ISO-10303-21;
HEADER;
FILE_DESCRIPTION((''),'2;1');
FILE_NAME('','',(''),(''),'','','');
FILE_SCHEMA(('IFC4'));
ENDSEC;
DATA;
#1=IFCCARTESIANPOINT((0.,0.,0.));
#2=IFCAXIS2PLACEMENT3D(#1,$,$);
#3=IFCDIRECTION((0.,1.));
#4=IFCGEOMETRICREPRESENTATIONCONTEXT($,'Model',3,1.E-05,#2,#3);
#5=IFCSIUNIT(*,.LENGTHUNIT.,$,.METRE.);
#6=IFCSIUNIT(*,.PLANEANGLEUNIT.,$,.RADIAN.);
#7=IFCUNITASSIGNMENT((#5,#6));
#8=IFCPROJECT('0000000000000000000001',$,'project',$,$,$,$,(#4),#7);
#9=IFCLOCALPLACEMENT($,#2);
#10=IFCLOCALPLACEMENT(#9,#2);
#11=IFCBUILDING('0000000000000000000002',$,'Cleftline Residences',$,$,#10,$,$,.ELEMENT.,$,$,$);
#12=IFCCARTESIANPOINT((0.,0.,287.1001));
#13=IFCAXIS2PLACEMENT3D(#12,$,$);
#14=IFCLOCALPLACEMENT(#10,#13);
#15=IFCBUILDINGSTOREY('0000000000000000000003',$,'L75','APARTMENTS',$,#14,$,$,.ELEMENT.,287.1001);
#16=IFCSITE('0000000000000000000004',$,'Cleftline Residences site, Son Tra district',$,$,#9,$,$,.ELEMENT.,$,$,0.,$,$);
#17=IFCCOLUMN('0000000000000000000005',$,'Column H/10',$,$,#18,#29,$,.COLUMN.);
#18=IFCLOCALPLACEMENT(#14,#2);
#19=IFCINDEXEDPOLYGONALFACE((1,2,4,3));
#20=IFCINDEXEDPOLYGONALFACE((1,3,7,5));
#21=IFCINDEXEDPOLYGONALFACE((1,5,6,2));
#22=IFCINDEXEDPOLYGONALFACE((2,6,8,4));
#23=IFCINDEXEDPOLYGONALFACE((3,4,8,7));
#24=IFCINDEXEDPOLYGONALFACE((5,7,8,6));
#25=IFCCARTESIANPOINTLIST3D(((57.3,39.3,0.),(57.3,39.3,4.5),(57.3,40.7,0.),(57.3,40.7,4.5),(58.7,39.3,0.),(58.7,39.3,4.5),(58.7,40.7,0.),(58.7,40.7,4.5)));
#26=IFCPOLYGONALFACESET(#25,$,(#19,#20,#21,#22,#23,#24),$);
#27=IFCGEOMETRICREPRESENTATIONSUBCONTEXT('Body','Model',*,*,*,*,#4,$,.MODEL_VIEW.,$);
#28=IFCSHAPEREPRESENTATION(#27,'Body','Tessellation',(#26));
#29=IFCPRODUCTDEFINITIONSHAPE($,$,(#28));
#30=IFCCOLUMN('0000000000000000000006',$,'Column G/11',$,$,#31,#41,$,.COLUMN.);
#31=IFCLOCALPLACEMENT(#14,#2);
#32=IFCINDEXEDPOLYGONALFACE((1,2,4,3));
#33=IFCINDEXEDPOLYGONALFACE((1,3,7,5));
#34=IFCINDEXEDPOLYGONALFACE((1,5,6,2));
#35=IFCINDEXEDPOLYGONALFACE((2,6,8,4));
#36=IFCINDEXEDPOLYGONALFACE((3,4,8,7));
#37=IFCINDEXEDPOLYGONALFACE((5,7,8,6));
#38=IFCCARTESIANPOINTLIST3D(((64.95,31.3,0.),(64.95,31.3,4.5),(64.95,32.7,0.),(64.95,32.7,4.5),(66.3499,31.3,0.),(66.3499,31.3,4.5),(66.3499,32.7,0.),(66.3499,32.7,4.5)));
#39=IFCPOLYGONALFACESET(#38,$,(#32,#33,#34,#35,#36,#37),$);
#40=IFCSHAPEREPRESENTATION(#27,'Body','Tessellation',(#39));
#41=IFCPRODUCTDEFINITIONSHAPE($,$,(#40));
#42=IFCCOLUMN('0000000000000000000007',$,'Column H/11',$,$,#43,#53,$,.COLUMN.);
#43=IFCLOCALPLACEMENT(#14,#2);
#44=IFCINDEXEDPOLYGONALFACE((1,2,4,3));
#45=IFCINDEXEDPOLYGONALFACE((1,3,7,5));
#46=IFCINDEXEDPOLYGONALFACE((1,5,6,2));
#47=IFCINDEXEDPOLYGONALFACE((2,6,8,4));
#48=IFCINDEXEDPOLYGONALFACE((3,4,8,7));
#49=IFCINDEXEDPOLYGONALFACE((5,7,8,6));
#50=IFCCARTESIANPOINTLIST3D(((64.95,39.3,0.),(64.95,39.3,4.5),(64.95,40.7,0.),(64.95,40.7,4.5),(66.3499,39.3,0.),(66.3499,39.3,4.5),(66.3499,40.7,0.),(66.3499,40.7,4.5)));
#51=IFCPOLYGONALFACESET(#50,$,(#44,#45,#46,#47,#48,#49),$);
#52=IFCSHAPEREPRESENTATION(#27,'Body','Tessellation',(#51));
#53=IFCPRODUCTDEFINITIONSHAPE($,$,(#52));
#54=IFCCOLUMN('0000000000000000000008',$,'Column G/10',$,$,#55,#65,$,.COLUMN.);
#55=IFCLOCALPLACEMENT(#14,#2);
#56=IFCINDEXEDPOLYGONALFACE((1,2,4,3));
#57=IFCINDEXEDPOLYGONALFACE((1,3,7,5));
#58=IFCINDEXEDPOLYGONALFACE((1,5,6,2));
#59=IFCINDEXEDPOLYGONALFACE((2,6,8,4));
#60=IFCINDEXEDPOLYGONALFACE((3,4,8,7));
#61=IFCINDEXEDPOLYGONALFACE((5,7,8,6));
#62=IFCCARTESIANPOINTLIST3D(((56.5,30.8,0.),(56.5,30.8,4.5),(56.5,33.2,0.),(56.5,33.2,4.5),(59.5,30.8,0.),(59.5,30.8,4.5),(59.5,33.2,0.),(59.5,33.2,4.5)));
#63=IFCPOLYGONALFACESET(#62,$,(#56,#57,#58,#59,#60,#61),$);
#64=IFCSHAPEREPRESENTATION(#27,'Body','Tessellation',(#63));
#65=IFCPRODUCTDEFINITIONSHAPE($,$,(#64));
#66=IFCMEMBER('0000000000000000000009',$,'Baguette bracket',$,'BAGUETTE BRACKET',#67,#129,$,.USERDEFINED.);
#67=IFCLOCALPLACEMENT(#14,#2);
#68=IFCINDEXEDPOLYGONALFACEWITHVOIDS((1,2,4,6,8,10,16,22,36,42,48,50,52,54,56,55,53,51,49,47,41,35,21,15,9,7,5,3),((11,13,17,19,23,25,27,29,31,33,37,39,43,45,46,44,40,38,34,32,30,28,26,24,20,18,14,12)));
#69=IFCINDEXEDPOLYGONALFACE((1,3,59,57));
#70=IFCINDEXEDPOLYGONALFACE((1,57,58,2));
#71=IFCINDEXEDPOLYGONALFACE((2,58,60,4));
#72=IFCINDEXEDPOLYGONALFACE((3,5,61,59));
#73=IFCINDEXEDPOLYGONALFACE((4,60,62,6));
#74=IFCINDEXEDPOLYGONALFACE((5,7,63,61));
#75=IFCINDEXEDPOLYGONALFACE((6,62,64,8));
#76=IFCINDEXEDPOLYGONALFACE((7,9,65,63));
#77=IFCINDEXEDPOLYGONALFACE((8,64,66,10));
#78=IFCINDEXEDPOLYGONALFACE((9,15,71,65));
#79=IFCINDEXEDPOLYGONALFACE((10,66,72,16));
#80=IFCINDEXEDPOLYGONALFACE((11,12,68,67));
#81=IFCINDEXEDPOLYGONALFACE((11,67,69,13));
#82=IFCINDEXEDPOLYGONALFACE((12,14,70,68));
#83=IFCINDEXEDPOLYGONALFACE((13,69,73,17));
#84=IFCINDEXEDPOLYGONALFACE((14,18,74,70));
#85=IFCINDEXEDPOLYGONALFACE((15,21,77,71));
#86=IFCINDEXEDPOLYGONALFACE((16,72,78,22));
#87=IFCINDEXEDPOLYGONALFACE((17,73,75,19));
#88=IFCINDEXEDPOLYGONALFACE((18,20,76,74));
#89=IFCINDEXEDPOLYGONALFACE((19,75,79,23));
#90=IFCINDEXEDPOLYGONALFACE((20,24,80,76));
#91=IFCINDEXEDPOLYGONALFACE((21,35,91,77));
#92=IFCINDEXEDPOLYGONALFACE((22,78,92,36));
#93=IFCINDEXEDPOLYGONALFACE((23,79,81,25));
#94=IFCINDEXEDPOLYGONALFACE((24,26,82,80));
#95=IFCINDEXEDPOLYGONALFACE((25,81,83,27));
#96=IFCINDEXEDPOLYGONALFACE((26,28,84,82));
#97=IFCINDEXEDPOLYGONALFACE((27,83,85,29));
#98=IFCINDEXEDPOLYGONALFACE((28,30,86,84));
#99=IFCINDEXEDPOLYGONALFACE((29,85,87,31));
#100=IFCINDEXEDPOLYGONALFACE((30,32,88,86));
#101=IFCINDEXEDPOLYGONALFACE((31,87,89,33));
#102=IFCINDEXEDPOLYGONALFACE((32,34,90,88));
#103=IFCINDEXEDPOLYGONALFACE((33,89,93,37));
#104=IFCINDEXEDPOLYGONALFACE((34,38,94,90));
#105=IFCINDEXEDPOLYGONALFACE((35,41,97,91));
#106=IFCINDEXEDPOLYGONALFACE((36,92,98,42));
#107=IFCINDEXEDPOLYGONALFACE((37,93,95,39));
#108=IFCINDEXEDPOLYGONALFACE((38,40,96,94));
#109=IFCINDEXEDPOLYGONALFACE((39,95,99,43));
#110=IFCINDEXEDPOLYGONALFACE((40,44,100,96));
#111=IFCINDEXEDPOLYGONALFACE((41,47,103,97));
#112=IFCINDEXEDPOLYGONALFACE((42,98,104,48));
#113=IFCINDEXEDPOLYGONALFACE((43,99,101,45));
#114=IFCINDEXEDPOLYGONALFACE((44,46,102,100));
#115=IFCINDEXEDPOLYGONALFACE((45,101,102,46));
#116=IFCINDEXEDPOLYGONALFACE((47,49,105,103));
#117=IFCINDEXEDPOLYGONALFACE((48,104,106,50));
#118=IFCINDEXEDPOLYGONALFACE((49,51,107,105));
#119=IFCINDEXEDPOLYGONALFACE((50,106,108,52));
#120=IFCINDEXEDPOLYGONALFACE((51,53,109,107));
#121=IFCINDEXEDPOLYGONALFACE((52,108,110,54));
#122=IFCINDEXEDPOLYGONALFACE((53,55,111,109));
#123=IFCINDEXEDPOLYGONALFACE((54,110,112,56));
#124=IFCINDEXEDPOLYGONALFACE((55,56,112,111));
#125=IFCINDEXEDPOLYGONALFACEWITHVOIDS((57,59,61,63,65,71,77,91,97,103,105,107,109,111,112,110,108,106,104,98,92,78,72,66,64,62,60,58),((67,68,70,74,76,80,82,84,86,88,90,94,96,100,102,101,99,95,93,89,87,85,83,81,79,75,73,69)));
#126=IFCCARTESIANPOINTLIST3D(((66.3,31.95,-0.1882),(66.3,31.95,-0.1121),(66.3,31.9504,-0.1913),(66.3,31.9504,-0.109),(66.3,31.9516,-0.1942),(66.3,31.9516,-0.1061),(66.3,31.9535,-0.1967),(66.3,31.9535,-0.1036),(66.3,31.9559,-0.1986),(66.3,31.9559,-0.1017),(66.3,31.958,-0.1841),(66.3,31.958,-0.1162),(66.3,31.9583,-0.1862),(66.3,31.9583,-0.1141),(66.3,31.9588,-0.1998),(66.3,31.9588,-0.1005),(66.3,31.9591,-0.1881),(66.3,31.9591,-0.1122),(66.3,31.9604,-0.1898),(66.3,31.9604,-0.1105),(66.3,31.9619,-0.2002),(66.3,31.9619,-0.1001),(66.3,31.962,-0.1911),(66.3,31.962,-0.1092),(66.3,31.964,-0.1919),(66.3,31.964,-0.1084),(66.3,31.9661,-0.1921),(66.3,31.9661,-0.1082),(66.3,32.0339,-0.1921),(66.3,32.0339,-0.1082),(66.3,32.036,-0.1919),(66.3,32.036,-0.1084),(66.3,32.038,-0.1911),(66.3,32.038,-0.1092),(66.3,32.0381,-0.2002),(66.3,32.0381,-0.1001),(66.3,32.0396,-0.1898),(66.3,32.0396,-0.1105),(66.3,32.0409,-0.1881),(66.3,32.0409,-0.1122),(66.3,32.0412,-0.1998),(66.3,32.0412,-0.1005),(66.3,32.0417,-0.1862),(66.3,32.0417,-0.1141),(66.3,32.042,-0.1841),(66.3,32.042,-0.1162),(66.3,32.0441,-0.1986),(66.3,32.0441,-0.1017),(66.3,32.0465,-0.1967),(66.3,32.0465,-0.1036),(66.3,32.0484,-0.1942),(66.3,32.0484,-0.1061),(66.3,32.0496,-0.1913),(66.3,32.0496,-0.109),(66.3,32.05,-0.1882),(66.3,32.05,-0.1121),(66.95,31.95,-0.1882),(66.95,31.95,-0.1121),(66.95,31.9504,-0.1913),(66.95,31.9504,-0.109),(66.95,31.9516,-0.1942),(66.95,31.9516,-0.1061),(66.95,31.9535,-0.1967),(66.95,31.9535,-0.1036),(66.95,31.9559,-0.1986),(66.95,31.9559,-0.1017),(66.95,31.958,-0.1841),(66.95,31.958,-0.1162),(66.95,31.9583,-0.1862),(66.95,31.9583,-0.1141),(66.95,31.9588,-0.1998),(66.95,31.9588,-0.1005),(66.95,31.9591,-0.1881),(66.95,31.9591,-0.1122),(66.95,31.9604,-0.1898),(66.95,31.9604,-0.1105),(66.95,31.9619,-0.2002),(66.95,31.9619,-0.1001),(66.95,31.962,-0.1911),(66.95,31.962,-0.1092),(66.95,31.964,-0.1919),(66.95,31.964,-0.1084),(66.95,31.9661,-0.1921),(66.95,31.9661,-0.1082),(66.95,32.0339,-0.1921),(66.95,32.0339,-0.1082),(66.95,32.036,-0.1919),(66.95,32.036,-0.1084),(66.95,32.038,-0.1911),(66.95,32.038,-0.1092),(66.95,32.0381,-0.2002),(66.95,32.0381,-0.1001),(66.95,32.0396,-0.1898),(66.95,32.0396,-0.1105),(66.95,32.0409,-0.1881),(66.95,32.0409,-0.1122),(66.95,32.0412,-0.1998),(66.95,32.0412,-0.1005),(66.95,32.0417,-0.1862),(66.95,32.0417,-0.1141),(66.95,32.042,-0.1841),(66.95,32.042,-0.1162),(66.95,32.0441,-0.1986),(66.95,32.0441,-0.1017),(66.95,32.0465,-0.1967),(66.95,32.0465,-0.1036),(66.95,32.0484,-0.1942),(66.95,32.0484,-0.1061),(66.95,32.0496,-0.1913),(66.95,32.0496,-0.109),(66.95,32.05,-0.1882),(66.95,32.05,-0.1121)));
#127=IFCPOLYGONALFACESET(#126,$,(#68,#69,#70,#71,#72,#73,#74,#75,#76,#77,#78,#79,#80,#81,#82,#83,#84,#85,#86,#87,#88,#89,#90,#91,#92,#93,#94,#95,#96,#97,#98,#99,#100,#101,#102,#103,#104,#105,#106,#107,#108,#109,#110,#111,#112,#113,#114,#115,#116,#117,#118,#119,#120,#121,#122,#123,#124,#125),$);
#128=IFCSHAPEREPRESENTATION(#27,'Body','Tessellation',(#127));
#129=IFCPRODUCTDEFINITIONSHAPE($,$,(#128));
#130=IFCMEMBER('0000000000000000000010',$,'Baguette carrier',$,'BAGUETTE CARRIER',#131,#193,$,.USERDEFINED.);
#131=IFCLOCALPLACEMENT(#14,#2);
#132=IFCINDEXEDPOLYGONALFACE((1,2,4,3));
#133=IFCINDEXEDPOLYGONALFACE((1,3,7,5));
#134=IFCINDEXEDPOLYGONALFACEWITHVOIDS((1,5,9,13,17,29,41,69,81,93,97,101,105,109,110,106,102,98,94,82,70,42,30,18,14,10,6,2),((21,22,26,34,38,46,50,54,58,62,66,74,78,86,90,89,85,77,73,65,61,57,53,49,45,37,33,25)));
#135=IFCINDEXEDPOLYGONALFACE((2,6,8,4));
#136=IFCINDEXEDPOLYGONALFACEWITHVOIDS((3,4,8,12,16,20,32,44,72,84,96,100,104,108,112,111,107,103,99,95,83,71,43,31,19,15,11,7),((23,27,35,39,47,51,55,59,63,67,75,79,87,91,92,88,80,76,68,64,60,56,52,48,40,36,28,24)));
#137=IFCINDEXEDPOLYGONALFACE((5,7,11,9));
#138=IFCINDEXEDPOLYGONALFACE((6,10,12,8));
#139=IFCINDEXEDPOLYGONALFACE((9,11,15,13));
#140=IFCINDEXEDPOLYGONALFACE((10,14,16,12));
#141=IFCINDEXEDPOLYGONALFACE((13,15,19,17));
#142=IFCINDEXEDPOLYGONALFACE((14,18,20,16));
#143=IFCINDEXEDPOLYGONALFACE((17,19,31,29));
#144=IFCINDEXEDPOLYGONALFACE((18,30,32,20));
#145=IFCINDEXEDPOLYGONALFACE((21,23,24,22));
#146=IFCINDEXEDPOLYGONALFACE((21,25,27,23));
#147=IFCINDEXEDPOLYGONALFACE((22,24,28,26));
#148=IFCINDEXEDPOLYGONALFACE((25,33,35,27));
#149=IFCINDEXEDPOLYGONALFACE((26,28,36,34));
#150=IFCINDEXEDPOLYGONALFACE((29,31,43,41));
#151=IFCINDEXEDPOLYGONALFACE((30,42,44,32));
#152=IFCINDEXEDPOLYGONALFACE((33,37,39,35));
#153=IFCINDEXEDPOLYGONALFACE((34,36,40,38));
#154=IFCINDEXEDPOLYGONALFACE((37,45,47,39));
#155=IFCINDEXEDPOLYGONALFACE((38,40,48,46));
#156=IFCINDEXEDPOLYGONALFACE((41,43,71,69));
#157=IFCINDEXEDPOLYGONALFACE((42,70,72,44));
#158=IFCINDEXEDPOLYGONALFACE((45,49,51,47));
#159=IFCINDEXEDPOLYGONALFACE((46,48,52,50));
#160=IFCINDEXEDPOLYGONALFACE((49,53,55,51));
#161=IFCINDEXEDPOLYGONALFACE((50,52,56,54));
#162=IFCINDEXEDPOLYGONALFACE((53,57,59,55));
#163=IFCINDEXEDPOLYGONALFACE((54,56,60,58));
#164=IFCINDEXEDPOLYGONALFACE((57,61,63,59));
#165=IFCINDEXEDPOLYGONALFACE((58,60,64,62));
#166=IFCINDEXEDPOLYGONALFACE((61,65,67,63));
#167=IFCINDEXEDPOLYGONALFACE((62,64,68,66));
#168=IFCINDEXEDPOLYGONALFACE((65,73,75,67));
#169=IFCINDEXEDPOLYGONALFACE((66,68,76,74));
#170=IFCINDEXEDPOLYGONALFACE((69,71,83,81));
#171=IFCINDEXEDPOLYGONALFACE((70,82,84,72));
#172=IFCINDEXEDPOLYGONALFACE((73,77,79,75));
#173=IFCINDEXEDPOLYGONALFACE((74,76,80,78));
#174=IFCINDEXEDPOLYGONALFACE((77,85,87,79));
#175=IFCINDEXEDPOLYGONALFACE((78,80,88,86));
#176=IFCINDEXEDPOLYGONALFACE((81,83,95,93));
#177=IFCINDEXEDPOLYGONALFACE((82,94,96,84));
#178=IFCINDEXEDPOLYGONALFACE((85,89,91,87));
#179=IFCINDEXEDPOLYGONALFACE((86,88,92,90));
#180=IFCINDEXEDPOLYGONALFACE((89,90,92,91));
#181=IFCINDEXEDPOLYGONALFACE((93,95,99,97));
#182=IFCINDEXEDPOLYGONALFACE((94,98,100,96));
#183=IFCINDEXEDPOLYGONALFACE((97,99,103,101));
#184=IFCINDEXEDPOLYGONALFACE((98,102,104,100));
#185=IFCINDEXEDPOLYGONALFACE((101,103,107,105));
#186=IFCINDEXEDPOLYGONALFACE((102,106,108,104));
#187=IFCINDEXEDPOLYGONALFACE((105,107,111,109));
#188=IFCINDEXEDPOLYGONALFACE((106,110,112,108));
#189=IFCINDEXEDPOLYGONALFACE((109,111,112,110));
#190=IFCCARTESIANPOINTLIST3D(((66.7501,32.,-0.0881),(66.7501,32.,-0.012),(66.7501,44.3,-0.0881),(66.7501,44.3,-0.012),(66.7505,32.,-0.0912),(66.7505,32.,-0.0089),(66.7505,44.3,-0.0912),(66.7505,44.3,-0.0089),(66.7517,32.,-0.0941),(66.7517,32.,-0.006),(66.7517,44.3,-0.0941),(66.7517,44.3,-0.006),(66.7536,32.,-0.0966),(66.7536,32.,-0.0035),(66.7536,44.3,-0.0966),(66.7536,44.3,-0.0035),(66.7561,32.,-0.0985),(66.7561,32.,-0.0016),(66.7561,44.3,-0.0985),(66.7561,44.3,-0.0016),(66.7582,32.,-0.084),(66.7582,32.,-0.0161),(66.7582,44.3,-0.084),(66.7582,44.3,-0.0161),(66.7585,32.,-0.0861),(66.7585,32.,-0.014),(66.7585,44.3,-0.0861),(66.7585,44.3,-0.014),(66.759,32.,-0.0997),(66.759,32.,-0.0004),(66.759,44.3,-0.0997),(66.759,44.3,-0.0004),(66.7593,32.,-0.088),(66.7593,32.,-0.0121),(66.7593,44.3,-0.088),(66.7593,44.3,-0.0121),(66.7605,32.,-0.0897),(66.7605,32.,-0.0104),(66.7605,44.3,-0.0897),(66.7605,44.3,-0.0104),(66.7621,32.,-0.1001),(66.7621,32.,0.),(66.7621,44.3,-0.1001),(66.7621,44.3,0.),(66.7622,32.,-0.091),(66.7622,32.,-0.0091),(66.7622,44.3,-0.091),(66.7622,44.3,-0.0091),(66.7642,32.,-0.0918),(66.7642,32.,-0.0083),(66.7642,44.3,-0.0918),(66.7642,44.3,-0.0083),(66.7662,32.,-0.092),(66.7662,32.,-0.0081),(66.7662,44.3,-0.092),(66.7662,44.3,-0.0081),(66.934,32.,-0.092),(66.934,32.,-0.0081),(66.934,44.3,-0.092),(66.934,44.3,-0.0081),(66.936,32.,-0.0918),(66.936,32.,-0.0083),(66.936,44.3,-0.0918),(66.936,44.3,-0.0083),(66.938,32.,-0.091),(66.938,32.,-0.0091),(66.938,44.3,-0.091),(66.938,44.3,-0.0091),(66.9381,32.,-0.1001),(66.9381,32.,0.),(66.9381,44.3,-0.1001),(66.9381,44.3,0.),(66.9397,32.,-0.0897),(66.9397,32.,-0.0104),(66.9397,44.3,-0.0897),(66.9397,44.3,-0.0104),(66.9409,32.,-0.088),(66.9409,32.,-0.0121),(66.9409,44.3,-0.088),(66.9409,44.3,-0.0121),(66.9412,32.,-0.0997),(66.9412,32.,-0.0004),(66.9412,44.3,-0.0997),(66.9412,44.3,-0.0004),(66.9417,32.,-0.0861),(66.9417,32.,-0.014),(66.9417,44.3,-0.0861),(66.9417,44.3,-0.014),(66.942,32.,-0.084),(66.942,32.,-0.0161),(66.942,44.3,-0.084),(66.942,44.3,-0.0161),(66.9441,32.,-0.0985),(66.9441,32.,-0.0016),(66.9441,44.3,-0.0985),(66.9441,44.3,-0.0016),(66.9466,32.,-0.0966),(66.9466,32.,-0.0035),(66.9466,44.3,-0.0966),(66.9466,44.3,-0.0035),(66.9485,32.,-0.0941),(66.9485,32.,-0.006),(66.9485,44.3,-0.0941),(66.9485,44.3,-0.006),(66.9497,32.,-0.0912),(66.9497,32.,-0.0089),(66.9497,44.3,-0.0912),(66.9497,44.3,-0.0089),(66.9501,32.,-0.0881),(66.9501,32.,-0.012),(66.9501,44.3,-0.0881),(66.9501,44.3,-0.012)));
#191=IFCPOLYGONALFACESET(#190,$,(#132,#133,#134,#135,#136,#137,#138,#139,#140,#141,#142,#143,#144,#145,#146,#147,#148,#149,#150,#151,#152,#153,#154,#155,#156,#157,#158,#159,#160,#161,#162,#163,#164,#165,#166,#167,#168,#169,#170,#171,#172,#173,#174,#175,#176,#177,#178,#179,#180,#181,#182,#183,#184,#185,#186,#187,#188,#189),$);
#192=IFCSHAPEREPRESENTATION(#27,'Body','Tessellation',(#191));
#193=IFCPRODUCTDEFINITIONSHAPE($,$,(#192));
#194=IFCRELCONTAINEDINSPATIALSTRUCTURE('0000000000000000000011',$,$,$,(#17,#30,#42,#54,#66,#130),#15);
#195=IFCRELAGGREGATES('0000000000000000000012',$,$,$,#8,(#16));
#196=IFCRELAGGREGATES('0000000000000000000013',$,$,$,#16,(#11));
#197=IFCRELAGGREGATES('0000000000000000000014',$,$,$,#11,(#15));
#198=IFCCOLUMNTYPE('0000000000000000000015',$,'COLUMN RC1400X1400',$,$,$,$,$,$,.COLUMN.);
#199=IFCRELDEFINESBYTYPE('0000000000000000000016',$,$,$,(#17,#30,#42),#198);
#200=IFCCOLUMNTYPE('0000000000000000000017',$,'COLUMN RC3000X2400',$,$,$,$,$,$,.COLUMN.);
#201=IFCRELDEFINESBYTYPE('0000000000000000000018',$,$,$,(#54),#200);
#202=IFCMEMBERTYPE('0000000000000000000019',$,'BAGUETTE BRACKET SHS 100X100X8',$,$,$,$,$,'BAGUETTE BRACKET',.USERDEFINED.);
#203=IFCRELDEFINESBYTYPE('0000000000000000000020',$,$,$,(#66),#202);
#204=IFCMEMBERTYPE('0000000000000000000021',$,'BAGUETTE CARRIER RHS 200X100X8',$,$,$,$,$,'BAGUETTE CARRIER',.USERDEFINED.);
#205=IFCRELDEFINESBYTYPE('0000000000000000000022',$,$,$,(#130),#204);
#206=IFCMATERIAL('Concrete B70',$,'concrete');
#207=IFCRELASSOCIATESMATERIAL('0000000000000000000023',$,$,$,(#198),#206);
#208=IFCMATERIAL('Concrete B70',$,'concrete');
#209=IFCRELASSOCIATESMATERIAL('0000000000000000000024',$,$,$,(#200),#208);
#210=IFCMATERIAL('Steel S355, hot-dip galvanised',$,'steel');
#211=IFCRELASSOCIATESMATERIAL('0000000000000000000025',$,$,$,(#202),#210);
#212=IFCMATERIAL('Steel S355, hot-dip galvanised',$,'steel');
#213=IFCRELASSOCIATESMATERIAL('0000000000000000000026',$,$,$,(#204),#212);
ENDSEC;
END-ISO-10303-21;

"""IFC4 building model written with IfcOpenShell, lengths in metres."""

from ifc_helpers import new_model, si_unit, direction, frame, origin, origin_2d, place, context, subcontext, project, spatial, rectangle, hollow_rectangle, extrude, material, material_profile, profile_set, type_object, element, save


model = new_model("IFC4")

# Units and contexts
model_context = context("Model", 3, precision=1e-05, world=origin(), true_north=direction((0.0, 1.0)))
body_context = subcontext(model_context, "Body", "Model", "MODEL_VIEW")
ifc_project = project(units=[si_unit("LENGTHUNIT", "METRE"), si_unit("PLANEANGLEUNIT", "RADIAN")], contexts=[model_context])

# Site, building, storey
site_placement = place(None, origin())
site = spatial("IfcSite", under=ifc_project, at=site_placement, Name="Cleftline Residences site, Son Tra district", CompositionType="ELEMENT", RefElevation=0.0)
building_placement = place(site_placement, origin())
building = spatial("IfcBuilding", under=site, at=building_placement, Name="Cleftline Residences", CompositionType="ELEMENT")
storey_placement = place(building_placement, frame((0.0, 0.0, 287.1001)))
storey = spatial("IfcBuildingStorey", under=building, at=storey_placement, Name="L75", Description="APARTMENTS", CompositionType="ELEMENT", Elevation=287.1001)

# Columns
ifc_material_1 = material(Name="Concrete B70", Category="concrete")
ifc_material_profile_1 = material_profile(ifc_material_1, rectangle(XDim=1.3999, YDim=1.3999, at=origin_2d()))
ifc_profile_set_1 = profile_set([ifc_material_profile_1], Name="Concrete B70")
column_type_1 = type_object("IfcColumnType", Name="COLUMN RC1400X1400", PredefinedType="COLUMN", material=ifc_profile_set_1)
for number, where, z_axis, x_axis, name in (
    (1, (58.0, 40.0, 0.0), (0.0, 0.0, 1.0), (1.0, 0.0, 0.0), "Column H/10"),
    (2, (65.6499, 32.0, 0.0), (0.0, 0.0, 1.0), (1.0, 0.0, 0.0), "Column G/11"),
    (3, (65.6499, 40.0, 0.0), (0.0, 0.0, 1.0), (1.0, 0.0, 0.0), "Column H/11"),
):
    element("IfcColumn", number, at=place(storey_placement, frame(where, z_axis=z_axis, x_axis=x_axis)), inside=storey, type_object=column_type_1, Name=name, PredefinedType="COLUMN", context=body_context, shape_type="SweptSolid", body=[
        extrude(rectangle(XDim=1.3999, YDim=1.3999, at=origin_2d()), origin(), (0.0, 0.0, 1.0), 4.5),
    ])
ifc_material_2 = material(Name="Concrete B70", Category="concrete")
ifc_material_profile_2 = material_profile(ifc_material_2, rectangle(XDim=3.0, YDim=2.3999, at=origin_2d()))
ifc_profile_set_2 = profile_set([ifc_material_profile_2], Name="Concrete B70")
column_type_2 = type_object("IfcColumnType", Name="COLUMN RC3000X2400", PredefinedType="COLUMN", material=ifc_profile_set_2)
column_placement = place(storey_placement, frame((58.0, 32.0, 0.0), z_axis=(0.0, 0.0, 1.0), x_axis=(1.0, 0.0, 0.0)))
element("IfcColumn", 4, at=column_placement, inside=storey, type_object=column_type_2, Name="Column G/10", PredefinedType="COLUMN", context=body_context, shape_type="SweptSolid", body=[
    extrude(rectangle(XDim=3.0, YDim=2.3999, at=origin_2d()), origin(), (0.0, 0.0, 1.0), 4.5),
])

# Members
ifc_material_3 = material(Name="Steel S355, hot-dip galvanised", Category="steel")
ifc_material_profile_3 = material_profile(ifc_material_3, hollow_rectangle(XDim=0.1001, YDim=0.1001, WallThickness=0.0081, InnerFilletRadius=0.0081, OuterFilletRadius=0.012, at=origin_2d()))
ifc_profile_set_3 = profile_set([ifc_material_profile_3], Name="Steel S355, hot-dip galvanised")
member_type_1 = type_object("IfcMemberType", Name="BAGUETTE BRACKET SHS 100X100X8", ElementType="BAGUETTE BRACKET", PredefinedType="USERDEFINED", material=ifc_profile_set_3)
member_1_placement = place(storey_placement, frame((66.3, 32.0, -0.1501), z_axis=(1.0, 0.0, 0.0), x_axis=(0.0, 1.0, 0.0)))
element("IfcMember", 5, at=member_1_placement, inside=storey, type_object=member_type_1, Name="Baguette bracket", ObjectType="BAGUETTE BRACKET", PredefinedType="USERDEFINED", context=body_context, shape_type="SweptSolid", body=[
    extrude(hollow_rectangle(XDim=0.1001, YDim=0.1001, WallThickness=0.0081, InnerFilletRadius=0.0081, OuterFilletRadius=0.012, at=origin_2d()), origin(), (0.0, 0.0, 1.0), 0.6499),
])
ifc_material_4 = material(Name="Steel S355, hot-dip galvanised", Category="steel")
ifc_material_profile_4 = material_profile(ifc_material_4, hollow_rectangle(XDim=0.1001, YDim=0.2, WallThickness=0.0081, InnerFilletRadius=0.0081, OuterFilletRadius=0.012, at=origin_2d()))
ifc_profile_set_4 = profile_set([ifc_material_profile_4], Name="Steel S355, hot-dip galvanised")
member_type_2 = type_object("IfcMemberType", Name="BAGUETTE CARRIER RHS 200X100X8", ElementType="BAGUETTE CARRIER", PredefinedType="USERDEFINED", material=ifc_profile_set_4)
member_2_placement = place(storey_placement, frame((66.8501, 32.0, -0.05), z_axis=(0.0, 1.0, 0.0), x_axis=(0.0, 0.0, 1.0)))
element("IfcMember", 6, at=member_2_placement, inside=storey, type_object=member_type_2, Name="Baguette carrier", ObjectType="BAGUETTE CARRIER", PredefinedType="USERDEFINED", context=body_context, shape_type="SweptSolid", body=[
    extrude(hollow_rectangle(XDim=0.1001, YDim=0.2, WallThickness=0.0081, InnerFilletRadius=0.0081, OuterFilletRadius=0.012, at=origin_2d()), origin(), (0.0, 0.0, 1.0), 12.3),
])

save(model, "model.ifc")
